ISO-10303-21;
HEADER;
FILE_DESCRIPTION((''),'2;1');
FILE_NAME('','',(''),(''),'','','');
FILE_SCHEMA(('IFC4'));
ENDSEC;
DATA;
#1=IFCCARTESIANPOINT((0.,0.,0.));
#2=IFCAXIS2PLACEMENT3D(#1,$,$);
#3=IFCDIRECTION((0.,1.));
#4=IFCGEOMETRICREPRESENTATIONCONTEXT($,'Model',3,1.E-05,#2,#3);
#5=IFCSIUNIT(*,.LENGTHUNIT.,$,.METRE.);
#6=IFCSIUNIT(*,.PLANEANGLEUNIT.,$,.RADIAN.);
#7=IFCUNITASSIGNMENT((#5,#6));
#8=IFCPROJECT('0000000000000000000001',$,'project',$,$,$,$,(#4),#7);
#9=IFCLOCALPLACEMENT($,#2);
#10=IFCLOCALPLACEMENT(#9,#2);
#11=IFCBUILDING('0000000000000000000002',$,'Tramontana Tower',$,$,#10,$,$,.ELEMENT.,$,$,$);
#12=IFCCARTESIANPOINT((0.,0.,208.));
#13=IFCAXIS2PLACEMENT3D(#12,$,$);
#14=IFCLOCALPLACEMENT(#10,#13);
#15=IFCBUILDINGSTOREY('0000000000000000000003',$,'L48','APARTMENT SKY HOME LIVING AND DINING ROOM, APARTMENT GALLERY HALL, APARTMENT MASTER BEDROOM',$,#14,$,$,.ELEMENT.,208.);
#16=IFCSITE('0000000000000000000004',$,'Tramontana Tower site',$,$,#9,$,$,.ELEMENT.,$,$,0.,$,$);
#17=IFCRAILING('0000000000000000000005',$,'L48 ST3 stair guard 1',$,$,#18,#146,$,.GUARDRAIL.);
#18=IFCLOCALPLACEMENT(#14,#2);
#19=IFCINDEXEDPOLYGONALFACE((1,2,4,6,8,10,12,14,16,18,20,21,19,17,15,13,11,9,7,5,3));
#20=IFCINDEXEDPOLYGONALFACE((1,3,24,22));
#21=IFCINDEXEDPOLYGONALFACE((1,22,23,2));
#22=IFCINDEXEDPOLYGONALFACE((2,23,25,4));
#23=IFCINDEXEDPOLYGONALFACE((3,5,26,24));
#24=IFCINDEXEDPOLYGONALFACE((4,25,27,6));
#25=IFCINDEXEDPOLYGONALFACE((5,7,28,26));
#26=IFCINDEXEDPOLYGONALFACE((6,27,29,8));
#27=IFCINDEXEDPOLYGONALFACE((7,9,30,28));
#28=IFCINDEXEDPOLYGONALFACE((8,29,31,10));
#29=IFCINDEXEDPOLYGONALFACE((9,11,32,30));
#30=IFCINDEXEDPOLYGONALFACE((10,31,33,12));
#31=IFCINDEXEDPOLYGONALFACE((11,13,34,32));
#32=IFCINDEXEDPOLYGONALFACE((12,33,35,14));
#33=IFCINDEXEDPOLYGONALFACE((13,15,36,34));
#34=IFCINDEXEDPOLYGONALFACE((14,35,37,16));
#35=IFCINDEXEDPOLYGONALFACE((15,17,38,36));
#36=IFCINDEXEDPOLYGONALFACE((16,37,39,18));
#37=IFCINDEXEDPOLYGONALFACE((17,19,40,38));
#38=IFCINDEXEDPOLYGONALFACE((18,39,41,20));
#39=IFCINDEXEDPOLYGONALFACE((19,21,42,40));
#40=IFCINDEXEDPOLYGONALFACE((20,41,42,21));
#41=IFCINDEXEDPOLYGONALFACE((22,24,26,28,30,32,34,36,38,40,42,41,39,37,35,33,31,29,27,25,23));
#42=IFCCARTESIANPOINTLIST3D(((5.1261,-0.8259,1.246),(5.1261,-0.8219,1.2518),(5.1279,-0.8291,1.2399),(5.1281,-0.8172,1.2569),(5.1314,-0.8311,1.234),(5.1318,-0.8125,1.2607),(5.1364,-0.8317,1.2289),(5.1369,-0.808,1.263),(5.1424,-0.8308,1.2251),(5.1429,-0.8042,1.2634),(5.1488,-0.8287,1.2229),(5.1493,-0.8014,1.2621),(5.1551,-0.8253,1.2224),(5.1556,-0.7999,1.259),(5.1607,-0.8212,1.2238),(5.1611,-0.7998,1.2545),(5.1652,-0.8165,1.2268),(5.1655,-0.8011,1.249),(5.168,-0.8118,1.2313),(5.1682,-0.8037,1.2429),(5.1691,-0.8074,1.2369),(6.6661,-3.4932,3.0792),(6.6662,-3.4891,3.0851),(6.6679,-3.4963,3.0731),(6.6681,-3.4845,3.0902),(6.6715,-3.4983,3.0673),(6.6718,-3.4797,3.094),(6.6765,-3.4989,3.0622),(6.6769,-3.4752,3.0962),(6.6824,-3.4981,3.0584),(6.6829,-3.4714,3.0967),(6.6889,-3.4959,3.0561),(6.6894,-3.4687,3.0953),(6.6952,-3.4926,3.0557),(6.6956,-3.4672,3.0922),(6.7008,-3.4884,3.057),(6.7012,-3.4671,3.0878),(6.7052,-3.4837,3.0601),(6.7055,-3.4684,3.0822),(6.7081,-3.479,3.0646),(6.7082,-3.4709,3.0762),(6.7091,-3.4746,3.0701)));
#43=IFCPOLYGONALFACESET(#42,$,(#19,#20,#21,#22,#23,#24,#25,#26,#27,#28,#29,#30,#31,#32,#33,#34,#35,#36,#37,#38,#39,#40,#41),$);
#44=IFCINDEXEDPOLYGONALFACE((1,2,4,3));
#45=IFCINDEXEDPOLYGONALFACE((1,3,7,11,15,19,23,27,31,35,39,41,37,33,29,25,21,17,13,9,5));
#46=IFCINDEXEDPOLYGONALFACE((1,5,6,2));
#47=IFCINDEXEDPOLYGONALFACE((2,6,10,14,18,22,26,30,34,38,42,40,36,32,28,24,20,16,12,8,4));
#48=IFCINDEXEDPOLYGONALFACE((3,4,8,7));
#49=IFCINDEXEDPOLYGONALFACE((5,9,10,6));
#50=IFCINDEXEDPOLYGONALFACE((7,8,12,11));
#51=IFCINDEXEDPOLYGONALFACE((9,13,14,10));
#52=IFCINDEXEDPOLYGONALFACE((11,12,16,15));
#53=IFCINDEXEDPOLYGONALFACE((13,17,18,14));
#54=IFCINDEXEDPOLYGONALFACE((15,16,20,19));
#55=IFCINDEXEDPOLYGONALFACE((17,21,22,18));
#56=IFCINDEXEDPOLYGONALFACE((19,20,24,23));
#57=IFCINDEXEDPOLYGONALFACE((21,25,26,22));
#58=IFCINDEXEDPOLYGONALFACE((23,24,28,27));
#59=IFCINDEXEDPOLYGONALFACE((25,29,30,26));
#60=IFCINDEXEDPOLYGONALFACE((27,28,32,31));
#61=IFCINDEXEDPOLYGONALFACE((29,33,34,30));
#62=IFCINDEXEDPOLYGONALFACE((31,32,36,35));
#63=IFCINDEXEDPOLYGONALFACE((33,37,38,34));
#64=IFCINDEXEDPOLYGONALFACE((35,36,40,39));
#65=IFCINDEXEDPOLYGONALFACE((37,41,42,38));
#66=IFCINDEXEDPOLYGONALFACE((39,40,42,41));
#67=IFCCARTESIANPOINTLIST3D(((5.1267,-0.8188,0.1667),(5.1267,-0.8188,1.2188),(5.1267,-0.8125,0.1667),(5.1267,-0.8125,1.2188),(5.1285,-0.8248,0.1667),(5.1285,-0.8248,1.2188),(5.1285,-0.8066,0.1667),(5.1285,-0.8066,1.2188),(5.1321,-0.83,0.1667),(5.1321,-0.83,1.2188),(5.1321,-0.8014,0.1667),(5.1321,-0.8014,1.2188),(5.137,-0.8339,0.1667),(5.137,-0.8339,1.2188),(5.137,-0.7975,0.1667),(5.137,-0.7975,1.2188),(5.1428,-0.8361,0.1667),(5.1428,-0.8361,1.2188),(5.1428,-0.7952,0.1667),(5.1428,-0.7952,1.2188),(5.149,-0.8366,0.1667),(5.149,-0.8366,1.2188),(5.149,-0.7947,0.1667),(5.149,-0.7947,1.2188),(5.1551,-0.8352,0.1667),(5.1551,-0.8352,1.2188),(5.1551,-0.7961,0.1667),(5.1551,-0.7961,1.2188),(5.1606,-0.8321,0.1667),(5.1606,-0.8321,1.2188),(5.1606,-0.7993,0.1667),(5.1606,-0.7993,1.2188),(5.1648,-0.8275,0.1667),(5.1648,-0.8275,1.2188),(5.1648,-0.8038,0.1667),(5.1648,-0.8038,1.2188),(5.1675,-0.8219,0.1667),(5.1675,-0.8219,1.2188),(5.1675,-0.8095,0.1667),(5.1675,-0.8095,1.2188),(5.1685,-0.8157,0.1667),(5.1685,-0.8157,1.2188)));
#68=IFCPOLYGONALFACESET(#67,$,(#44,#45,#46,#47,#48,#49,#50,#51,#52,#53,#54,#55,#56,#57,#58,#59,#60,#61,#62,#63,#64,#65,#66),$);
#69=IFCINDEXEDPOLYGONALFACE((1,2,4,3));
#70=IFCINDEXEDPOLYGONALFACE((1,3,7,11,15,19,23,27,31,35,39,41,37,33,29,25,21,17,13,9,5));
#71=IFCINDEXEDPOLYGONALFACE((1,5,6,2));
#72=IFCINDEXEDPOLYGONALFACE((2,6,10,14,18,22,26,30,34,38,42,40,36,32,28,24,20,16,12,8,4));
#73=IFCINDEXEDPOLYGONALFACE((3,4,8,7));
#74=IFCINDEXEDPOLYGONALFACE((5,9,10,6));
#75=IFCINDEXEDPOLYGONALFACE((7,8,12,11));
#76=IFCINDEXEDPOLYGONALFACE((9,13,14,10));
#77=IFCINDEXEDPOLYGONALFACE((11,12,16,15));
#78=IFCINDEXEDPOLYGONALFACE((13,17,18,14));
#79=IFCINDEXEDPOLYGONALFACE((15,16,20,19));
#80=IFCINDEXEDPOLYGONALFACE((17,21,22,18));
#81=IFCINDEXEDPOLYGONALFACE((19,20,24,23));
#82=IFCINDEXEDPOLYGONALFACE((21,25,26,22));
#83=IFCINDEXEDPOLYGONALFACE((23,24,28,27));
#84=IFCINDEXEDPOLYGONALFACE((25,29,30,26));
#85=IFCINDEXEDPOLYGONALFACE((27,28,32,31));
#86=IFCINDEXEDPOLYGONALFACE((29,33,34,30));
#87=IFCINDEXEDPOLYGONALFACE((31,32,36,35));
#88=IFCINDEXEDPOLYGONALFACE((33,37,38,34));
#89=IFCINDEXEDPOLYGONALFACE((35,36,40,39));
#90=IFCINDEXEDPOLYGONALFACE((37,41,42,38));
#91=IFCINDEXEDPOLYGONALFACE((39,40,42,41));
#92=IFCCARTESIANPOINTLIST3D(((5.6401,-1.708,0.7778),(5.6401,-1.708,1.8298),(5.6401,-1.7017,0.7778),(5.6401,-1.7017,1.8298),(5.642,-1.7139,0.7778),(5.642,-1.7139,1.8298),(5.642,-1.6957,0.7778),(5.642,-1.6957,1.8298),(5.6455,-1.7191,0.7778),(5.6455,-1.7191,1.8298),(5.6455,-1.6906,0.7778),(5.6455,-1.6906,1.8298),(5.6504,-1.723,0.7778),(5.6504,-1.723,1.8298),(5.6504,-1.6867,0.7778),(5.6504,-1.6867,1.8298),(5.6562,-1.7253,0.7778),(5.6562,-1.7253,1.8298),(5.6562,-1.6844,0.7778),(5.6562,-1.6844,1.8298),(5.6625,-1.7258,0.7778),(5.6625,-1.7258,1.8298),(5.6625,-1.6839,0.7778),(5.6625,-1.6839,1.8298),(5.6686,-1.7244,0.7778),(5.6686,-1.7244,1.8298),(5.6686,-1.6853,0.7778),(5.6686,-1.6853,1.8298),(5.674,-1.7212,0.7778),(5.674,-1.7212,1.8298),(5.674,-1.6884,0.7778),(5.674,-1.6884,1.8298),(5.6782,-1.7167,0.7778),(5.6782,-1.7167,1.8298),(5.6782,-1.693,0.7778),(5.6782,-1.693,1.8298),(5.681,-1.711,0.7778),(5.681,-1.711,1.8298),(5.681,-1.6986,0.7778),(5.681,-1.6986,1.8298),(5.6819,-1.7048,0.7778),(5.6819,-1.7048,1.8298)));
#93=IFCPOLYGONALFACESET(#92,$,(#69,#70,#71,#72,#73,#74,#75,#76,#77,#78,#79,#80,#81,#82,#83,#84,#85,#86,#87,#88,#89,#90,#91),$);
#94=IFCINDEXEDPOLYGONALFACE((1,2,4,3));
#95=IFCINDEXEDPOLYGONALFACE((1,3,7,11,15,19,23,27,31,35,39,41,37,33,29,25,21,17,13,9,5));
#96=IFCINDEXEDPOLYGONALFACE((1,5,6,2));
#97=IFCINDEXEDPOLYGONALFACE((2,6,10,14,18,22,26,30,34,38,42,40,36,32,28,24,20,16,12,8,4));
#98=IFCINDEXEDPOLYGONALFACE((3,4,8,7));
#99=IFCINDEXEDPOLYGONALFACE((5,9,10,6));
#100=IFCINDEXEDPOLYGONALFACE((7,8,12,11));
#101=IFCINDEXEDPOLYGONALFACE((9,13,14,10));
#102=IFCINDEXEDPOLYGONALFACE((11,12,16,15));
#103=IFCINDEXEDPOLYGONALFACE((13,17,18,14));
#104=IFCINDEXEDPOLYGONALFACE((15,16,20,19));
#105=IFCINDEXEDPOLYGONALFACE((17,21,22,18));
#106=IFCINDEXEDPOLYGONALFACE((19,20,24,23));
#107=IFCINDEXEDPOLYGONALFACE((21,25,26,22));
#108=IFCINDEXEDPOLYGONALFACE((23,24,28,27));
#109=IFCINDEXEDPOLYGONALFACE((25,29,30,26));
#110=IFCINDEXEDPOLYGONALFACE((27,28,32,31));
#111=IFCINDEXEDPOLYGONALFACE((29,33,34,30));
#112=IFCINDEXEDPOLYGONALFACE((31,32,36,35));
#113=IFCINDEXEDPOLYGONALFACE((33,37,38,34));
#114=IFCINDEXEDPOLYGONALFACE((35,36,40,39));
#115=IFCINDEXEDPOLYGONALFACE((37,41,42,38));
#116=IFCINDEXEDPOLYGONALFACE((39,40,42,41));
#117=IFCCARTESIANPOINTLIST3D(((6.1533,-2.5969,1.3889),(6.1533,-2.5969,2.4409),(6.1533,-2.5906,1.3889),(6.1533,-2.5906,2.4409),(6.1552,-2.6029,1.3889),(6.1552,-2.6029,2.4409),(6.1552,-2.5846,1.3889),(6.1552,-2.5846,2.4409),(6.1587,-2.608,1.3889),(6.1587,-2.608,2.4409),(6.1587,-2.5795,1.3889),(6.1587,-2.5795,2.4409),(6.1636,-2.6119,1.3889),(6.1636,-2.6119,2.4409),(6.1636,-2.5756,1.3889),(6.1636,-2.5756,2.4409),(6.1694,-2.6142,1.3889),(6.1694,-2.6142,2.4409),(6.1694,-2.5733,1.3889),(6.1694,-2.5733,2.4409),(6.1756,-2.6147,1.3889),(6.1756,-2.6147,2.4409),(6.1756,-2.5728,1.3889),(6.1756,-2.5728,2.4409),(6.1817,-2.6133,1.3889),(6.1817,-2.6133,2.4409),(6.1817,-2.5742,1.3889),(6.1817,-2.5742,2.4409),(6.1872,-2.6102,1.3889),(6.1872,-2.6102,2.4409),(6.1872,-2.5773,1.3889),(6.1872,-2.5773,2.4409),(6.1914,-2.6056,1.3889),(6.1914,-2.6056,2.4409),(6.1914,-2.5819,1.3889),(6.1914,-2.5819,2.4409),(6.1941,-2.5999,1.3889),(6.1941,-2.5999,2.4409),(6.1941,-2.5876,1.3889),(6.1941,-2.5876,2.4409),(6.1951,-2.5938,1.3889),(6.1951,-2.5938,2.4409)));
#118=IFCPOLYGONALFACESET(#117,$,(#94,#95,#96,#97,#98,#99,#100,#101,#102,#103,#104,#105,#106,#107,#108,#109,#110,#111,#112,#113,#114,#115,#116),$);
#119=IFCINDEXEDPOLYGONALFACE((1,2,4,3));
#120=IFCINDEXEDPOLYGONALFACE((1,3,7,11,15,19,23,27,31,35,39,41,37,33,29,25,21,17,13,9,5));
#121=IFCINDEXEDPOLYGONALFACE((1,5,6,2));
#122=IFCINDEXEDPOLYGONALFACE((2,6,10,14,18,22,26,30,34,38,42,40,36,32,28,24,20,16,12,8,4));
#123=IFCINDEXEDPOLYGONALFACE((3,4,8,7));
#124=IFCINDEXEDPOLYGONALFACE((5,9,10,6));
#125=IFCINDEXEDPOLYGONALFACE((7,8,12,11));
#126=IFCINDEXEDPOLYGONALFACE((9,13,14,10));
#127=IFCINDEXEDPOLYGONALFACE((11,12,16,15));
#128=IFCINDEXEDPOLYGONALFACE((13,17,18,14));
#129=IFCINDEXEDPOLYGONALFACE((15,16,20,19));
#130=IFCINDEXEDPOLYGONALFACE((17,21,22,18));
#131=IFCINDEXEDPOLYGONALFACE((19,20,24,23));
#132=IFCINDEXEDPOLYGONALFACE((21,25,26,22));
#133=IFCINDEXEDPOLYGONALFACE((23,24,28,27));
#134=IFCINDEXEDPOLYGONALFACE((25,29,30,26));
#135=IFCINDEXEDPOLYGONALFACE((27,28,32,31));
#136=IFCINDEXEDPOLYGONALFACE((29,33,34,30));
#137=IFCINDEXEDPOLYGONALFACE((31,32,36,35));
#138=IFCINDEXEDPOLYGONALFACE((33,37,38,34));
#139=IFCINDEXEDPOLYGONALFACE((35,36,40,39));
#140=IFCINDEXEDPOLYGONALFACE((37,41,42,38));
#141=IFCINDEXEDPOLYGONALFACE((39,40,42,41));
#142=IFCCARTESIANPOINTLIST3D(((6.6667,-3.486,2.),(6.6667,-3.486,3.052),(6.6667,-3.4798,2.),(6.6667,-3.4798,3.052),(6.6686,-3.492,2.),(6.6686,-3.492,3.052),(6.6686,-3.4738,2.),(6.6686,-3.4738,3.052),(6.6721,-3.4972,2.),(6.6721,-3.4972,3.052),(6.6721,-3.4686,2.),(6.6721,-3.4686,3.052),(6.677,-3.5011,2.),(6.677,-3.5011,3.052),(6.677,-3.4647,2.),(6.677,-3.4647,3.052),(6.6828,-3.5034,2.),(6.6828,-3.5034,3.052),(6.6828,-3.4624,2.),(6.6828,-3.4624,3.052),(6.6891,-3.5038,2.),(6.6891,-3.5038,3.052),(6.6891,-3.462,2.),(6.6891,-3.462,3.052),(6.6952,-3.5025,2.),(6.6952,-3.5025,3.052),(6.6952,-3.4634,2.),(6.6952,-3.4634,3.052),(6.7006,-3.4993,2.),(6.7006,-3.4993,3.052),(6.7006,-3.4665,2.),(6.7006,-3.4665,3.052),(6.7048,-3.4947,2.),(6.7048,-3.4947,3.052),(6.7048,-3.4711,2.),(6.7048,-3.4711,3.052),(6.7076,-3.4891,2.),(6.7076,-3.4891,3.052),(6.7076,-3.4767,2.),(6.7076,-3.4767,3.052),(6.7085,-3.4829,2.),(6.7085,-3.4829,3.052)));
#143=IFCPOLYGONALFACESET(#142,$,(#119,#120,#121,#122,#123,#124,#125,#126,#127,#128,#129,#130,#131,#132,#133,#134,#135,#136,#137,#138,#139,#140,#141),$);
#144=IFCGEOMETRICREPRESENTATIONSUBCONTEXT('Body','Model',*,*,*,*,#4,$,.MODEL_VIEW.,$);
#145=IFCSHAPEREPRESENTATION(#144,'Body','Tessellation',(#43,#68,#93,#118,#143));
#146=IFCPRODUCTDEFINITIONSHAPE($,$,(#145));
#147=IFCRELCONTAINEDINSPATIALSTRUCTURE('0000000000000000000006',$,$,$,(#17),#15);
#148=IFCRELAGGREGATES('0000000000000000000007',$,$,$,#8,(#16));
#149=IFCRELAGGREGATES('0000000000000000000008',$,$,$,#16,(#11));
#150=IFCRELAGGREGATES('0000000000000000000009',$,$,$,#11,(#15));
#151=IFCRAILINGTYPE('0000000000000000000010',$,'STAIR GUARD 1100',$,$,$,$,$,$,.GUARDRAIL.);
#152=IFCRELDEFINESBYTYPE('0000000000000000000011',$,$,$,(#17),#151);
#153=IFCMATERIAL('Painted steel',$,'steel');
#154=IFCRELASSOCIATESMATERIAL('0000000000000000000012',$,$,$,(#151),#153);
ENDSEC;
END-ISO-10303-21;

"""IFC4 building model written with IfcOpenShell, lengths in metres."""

from ifc_helpers import new_model, si_unit, direction, frame, origin, origin_2d, place, context, subcontext, project, spatial, circle, extrude, material, type_object, element, save


model = new_model("IFC4")

# Units and contexts
model_context = context("Model", 3, precision=1e-05, world=origin(), true_north=direction((0.0, 1.0)))
body_context = subcontext(model_context, "Body", "Model", "MODEL_VIEW")
ifc_project = project(units=[si_unit("LENGTHUNIT", "METRE"), si_unit("PLANEANGLEUNIT", "RADIAN")], contexts=[model_context])

# Site, building, storey
site_placement = place(None, origin())
site = spatial("IfcSite", under=ifc_project, at=site_placement, Name="Tramontana Tower site", CompositionType="ELEMENT", RefElevation=0.0)
building_placement = place(site_placement, origin())
building = spatial("IfcBuilding", under=site, at=building_placement, Name="Tramontana Tower", CompositionType="ELEMENT")
storey_placement = place(building_placement, frame((0.0, 0.0, 208.0)))
storey = spatial("IfcBuildingStorey", under=building, at=storey_placement, Name="L48", Description="APARTMENT SKY HOME LIVING AND DINING ROOM, APARTMENT GALLERY HALL, APARTMENT MASTER BEDROOM", CompositionType="ELEMENT", Elevation=208.0)

# Railing
ifc_material_1 = material(Name="Painted steel", Category="steel")
railing_type_1 = type_object("IfcRailingType", Name="STAIR GUARD 1100", PredefinedType="GUARDRAIL", material=ifc_material_1)
railing_1_placement = place(storey_placement, frame((5.1475, -0.8157, 0.1667)))
element("IfcRailing", 1, at=railing_1_placement, inside=storey, type_object=railing_type_1, Name="L48 ST3 stair guard 1", PredefinedType="GUARDRAIL", context=body_context, shape_type="SweptSolid", body=[
    extrude(circle(Radius=0.0239, at=origin_2d()), frame((0.0, 0.0, 1.0762), z_axis=(0.429671, -0.744159, 0.511478), x_axis=(0.86601, 0.500027, 0.0)), (0.0, 0.0, 1.0), 3.5842),
    extrude(circle(Radius=0.021, at=origin_2d()), origin(), (0.0, 0.0, 1.0), 1.052),
    extrude(circle(Radius=0.021, at=origin_2d()), frame((0.5134, -0.8892, 0.6111)), (0.0, 0.0, 1.0), 1.052),
    extrude(circle(Radius=0.021, at=origin_2d()), frame((1.0266, -1.7781, 1.2222)), (0.0, 0.0, 1.0), 1.052),
    extrude(circle(Radius=0.021, at=origin_2d()), frame((1.54, -2.6672, 1.8333)), (0.0, 0.0, 1.0), 1.052),
])

save(model, "model.ifc")
